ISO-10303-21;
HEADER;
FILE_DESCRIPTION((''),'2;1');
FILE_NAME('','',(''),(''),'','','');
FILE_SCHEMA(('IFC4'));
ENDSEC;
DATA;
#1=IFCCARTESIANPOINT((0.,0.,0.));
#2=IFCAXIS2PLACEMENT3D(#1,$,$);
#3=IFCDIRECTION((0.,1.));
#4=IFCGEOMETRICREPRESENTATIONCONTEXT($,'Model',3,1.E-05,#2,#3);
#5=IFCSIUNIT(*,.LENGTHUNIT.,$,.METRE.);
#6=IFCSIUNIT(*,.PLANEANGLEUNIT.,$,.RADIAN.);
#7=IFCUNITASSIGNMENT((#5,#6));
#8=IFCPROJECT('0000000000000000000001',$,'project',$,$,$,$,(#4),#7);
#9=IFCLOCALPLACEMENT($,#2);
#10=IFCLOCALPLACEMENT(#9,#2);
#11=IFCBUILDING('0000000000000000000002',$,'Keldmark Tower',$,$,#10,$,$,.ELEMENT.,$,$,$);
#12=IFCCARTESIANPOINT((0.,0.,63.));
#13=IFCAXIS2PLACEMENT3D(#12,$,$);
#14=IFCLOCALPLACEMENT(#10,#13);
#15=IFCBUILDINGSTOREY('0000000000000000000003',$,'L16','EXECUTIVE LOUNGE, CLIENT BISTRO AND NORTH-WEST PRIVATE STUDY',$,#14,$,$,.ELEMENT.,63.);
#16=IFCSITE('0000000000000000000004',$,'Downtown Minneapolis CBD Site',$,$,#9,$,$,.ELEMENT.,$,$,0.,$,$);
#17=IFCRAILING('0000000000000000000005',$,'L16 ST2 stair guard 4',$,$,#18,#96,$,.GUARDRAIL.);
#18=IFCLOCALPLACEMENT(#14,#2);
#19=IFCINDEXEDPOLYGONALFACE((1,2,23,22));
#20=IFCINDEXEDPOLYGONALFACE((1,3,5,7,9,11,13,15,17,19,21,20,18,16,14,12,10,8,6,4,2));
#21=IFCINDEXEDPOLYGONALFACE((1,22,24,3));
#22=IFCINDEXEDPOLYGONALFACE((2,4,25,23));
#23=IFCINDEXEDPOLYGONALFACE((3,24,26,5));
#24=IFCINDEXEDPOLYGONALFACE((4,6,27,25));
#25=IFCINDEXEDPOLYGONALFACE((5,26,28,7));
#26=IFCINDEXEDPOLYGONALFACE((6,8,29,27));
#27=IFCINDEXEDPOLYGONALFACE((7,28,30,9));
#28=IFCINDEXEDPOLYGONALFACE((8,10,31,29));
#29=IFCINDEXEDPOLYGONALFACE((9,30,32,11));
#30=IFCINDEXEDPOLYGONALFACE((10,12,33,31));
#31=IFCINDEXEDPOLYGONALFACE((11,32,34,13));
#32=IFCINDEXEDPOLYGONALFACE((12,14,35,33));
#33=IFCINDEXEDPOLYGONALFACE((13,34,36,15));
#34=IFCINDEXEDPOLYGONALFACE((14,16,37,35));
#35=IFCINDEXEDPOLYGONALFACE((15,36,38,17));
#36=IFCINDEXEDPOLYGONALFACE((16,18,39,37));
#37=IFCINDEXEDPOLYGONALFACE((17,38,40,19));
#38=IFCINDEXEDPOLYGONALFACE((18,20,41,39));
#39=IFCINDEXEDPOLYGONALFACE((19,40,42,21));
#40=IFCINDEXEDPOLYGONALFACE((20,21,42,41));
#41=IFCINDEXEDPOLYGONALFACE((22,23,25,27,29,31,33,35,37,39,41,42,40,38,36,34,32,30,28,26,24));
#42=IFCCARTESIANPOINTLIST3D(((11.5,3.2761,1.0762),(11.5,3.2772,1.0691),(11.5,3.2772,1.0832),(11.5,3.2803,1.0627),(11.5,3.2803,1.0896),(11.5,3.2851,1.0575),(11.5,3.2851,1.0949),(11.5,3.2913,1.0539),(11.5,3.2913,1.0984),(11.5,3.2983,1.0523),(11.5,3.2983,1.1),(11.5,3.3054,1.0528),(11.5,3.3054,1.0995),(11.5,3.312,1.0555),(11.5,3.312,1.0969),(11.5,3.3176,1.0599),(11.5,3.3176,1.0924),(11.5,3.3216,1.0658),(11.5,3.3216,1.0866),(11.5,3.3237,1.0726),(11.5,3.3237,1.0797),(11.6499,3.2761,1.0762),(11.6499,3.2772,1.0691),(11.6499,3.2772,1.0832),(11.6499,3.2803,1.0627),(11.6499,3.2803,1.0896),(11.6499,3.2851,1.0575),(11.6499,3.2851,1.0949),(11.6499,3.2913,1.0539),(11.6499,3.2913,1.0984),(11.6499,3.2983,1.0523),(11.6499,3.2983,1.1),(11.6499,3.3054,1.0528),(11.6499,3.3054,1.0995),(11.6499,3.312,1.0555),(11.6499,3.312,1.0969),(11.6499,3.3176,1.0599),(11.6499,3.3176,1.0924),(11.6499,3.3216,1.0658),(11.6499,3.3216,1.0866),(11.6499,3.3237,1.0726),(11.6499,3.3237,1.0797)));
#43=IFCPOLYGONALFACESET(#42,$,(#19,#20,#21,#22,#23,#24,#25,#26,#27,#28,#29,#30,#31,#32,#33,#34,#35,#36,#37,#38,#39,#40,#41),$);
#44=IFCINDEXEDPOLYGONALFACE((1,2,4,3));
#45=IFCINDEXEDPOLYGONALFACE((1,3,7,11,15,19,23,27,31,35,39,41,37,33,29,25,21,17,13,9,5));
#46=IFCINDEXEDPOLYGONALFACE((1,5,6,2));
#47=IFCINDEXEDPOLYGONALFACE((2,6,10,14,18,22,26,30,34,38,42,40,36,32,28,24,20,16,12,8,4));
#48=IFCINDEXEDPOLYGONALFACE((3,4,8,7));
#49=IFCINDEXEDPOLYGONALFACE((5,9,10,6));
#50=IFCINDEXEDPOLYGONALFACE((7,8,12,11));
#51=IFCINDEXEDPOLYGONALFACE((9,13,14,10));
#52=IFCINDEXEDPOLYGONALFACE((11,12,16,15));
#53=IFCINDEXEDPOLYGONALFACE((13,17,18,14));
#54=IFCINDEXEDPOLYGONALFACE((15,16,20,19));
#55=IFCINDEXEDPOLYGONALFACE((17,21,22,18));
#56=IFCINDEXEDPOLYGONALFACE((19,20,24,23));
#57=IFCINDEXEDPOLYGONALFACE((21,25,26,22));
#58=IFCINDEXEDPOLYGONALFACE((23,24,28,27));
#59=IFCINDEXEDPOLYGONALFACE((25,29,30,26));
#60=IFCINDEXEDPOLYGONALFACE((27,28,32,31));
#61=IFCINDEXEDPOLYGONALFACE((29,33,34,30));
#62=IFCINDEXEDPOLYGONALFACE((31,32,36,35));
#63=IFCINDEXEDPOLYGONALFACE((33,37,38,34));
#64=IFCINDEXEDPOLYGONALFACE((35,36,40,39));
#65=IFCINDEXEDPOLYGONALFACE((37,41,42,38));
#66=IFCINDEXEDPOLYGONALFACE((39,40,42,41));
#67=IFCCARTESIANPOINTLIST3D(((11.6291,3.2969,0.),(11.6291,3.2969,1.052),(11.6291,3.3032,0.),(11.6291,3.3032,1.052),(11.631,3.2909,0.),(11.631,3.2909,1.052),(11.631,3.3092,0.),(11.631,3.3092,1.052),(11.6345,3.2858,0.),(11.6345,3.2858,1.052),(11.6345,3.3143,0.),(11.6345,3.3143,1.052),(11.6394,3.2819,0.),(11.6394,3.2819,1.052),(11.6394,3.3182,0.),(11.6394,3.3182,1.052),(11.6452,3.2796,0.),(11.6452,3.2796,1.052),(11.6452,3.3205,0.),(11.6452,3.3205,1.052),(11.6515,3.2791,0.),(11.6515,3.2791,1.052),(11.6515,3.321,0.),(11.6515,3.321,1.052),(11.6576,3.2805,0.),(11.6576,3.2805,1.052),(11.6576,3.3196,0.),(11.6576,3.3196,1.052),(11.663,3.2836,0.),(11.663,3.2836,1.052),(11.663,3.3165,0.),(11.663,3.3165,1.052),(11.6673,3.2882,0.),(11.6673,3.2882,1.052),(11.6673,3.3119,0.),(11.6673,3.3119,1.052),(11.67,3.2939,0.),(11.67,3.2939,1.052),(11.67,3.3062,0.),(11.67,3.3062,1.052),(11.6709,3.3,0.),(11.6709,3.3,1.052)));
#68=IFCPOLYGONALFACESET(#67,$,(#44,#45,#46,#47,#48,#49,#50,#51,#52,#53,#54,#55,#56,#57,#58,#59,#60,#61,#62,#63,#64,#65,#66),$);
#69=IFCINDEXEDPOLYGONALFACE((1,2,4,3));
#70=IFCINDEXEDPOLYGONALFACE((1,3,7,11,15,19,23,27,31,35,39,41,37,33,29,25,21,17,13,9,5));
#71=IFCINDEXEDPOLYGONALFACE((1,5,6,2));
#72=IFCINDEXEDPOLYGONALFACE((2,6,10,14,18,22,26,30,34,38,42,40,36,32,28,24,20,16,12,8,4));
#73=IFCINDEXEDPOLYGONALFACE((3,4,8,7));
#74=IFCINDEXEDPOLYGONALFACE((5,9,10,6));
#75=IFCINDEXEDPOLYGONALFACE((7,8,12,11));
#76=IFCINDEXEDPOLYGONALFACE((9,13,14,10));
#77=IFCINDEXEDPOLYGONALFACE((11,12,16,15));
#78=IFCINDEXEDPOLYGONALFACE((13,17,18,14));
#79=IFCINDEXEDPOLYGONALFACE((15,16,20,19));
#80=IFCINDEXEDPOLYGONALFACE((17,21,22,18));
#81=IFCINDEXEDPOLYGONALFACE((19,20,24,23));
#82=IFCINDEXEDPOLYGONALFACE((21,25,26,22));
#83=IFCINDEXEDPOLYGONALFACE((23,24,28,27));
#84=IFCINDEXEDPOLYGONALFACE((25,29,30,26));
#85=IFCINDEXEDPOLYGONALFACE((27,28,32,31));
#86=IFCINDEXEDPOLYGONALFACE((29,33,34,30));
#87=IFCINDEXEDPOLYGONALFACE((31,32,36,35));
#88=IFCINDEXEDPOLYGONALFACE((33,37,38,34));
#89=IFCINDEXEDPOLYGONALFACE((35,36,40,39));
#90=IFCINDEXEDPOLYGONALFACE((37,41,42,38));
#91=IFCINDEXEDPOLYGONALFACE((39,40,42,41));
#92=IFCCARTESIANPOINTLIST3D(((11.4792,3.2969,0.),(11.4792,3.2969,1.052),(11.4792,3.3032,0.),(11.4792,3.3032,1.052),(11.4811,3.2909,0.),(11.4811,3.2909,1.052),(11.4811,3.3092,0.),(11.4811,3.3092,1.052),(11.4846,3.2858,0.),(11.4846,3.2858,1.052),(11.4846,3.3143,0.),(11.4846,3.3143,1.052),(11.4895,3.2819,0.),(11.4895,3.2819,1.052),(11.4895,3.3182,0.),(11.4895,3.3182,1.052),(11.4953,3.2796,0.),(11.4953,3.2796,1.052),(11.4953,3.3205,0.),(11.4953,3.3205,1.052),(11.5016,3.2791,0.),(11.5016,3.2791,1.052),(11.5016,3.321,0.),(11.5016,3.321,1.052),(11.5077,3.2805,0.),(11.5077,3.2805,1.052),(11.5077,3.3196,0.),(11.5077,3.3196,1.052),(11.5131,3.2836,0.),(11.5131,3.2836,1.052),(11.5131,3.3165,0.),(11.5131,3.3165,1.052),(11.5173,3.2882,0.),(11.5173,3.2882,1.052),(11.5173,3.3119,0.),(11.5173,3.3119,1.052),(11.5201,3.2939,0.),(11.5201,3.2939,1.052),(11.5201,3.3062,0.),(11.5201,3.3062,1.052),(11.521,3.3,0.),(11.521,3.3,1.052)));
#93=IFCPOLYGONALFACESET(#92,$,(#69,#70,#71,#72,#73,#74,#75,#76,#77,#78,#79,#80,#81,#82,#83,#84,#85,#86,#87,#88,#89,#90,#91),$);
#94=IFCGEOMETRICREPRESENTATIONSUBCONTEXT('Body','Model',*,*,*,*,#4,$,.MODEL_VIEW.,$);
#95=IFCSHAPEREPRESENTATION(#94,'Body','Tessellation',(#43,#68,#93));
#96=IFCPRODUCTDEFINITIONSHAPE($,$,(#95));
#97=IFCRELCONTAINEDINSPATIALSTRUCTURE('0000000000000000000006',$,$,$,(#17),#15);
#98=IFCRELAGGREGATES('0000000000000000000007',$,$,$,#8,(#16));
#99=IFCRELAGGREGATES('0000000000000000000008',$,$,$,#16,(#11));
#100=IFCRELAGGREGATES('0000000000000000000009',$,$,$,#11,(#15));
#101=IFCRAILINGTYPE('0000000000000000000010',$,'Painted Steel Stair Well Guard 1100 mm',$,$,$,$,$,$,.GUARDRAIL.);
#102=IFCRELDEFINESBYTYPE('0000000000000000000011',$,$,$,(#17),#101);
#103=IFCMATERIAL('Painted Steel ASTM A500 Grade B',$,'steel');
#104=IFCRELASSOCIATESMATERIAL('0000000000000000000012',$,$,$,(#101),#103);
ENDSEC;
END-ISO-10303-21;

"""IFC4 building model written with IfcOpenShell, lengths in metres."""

from ifc_helpers import new_model, si_unit, direction, frame, origin, origin_2d, place, context, subcontext, project, spatial, circle, extrude, material, type_object, element, save


model = new_model("IFC4")

# Units and contexts
model_context = context("Model", 3, precision=1e-05, world=origin(), true_north=direction((0.0, 1.0)))
body_context = subcontext(model_context, "Body", "Model", "MODEL_VIEW")
ifc_project = project(units=[si_unit("LENGTHUNIT", "METRE"), si_unit("PLANEANGLEUNIT", "RADIAN")], contexts=[model_context])

# Site, building, storey
site_placement = place(None, origin())
site = spatial("IfcSite", under=ifc_project, at=site_placement, Name="Downtown Minneapolis CBD Site", CompositionType="ELEMENT", RefElevation=0.0)
building_placement = place(site_placement, origin())
building = spatial("IfcBuilding", under=site, at=building_placement, Name="Keldmark Tower", CompositionType="ELEMENT")
storey_placement = place(building_placement, frame((0.0, 0.0, 63.0)))
storey = spatial("IfcBuildingStorey", under=building, at=storey_placement, Name="L16", Description="EXECUTIVE LOUNGE, CLIENT BISTRO AND NORTH-WEST PRIVATE STUDY", CompositionType="ELEMENT", Elevation=63.0)

# Railing
ifc_material_1 = material(Name="Painted Steel ASTM A500 Grade B", Category="steel")
railing_type_1 = type_object("IfcRailingType", Name="Painted Steel Stair Well Guard 1100 mm", PredefinedType="GUARDRAIL", material=ifc_material_1)
railing_1_placement = place(storey_placement, frame((11.6499, 3.3, 0.0)))
element("IfcRailing", 1, at=railing_1_placement, inside=storey, type_object=railing_type_1, Name="L16 ST2 stair guard 4", PredefinedType="GUARDRAIL", context=body_context, shape_type="SweptSolid", body=[
    extrude(circle(Radius=0.0239, at=origin_2d()), frame((0.0, 0.0, 1.0762), z_axis=(-1.0, 0.0, 0.0), x_axis=(0.0, -1.0, 0.0)), (0.0, 0.0, 1.0), 0.1499),
    extrude(circle(Radius=0.021, at=origin_2d()), origin(), (0.0, 0.0, 1.0), 1.052),
    extrude(circle(Radius=0.021, at=origin_2d()), frame((-0.1499, 0.0, 0.0)), (0.0, 0.0, 1.0), 1.052),
])

save(model, "model.ifc")
